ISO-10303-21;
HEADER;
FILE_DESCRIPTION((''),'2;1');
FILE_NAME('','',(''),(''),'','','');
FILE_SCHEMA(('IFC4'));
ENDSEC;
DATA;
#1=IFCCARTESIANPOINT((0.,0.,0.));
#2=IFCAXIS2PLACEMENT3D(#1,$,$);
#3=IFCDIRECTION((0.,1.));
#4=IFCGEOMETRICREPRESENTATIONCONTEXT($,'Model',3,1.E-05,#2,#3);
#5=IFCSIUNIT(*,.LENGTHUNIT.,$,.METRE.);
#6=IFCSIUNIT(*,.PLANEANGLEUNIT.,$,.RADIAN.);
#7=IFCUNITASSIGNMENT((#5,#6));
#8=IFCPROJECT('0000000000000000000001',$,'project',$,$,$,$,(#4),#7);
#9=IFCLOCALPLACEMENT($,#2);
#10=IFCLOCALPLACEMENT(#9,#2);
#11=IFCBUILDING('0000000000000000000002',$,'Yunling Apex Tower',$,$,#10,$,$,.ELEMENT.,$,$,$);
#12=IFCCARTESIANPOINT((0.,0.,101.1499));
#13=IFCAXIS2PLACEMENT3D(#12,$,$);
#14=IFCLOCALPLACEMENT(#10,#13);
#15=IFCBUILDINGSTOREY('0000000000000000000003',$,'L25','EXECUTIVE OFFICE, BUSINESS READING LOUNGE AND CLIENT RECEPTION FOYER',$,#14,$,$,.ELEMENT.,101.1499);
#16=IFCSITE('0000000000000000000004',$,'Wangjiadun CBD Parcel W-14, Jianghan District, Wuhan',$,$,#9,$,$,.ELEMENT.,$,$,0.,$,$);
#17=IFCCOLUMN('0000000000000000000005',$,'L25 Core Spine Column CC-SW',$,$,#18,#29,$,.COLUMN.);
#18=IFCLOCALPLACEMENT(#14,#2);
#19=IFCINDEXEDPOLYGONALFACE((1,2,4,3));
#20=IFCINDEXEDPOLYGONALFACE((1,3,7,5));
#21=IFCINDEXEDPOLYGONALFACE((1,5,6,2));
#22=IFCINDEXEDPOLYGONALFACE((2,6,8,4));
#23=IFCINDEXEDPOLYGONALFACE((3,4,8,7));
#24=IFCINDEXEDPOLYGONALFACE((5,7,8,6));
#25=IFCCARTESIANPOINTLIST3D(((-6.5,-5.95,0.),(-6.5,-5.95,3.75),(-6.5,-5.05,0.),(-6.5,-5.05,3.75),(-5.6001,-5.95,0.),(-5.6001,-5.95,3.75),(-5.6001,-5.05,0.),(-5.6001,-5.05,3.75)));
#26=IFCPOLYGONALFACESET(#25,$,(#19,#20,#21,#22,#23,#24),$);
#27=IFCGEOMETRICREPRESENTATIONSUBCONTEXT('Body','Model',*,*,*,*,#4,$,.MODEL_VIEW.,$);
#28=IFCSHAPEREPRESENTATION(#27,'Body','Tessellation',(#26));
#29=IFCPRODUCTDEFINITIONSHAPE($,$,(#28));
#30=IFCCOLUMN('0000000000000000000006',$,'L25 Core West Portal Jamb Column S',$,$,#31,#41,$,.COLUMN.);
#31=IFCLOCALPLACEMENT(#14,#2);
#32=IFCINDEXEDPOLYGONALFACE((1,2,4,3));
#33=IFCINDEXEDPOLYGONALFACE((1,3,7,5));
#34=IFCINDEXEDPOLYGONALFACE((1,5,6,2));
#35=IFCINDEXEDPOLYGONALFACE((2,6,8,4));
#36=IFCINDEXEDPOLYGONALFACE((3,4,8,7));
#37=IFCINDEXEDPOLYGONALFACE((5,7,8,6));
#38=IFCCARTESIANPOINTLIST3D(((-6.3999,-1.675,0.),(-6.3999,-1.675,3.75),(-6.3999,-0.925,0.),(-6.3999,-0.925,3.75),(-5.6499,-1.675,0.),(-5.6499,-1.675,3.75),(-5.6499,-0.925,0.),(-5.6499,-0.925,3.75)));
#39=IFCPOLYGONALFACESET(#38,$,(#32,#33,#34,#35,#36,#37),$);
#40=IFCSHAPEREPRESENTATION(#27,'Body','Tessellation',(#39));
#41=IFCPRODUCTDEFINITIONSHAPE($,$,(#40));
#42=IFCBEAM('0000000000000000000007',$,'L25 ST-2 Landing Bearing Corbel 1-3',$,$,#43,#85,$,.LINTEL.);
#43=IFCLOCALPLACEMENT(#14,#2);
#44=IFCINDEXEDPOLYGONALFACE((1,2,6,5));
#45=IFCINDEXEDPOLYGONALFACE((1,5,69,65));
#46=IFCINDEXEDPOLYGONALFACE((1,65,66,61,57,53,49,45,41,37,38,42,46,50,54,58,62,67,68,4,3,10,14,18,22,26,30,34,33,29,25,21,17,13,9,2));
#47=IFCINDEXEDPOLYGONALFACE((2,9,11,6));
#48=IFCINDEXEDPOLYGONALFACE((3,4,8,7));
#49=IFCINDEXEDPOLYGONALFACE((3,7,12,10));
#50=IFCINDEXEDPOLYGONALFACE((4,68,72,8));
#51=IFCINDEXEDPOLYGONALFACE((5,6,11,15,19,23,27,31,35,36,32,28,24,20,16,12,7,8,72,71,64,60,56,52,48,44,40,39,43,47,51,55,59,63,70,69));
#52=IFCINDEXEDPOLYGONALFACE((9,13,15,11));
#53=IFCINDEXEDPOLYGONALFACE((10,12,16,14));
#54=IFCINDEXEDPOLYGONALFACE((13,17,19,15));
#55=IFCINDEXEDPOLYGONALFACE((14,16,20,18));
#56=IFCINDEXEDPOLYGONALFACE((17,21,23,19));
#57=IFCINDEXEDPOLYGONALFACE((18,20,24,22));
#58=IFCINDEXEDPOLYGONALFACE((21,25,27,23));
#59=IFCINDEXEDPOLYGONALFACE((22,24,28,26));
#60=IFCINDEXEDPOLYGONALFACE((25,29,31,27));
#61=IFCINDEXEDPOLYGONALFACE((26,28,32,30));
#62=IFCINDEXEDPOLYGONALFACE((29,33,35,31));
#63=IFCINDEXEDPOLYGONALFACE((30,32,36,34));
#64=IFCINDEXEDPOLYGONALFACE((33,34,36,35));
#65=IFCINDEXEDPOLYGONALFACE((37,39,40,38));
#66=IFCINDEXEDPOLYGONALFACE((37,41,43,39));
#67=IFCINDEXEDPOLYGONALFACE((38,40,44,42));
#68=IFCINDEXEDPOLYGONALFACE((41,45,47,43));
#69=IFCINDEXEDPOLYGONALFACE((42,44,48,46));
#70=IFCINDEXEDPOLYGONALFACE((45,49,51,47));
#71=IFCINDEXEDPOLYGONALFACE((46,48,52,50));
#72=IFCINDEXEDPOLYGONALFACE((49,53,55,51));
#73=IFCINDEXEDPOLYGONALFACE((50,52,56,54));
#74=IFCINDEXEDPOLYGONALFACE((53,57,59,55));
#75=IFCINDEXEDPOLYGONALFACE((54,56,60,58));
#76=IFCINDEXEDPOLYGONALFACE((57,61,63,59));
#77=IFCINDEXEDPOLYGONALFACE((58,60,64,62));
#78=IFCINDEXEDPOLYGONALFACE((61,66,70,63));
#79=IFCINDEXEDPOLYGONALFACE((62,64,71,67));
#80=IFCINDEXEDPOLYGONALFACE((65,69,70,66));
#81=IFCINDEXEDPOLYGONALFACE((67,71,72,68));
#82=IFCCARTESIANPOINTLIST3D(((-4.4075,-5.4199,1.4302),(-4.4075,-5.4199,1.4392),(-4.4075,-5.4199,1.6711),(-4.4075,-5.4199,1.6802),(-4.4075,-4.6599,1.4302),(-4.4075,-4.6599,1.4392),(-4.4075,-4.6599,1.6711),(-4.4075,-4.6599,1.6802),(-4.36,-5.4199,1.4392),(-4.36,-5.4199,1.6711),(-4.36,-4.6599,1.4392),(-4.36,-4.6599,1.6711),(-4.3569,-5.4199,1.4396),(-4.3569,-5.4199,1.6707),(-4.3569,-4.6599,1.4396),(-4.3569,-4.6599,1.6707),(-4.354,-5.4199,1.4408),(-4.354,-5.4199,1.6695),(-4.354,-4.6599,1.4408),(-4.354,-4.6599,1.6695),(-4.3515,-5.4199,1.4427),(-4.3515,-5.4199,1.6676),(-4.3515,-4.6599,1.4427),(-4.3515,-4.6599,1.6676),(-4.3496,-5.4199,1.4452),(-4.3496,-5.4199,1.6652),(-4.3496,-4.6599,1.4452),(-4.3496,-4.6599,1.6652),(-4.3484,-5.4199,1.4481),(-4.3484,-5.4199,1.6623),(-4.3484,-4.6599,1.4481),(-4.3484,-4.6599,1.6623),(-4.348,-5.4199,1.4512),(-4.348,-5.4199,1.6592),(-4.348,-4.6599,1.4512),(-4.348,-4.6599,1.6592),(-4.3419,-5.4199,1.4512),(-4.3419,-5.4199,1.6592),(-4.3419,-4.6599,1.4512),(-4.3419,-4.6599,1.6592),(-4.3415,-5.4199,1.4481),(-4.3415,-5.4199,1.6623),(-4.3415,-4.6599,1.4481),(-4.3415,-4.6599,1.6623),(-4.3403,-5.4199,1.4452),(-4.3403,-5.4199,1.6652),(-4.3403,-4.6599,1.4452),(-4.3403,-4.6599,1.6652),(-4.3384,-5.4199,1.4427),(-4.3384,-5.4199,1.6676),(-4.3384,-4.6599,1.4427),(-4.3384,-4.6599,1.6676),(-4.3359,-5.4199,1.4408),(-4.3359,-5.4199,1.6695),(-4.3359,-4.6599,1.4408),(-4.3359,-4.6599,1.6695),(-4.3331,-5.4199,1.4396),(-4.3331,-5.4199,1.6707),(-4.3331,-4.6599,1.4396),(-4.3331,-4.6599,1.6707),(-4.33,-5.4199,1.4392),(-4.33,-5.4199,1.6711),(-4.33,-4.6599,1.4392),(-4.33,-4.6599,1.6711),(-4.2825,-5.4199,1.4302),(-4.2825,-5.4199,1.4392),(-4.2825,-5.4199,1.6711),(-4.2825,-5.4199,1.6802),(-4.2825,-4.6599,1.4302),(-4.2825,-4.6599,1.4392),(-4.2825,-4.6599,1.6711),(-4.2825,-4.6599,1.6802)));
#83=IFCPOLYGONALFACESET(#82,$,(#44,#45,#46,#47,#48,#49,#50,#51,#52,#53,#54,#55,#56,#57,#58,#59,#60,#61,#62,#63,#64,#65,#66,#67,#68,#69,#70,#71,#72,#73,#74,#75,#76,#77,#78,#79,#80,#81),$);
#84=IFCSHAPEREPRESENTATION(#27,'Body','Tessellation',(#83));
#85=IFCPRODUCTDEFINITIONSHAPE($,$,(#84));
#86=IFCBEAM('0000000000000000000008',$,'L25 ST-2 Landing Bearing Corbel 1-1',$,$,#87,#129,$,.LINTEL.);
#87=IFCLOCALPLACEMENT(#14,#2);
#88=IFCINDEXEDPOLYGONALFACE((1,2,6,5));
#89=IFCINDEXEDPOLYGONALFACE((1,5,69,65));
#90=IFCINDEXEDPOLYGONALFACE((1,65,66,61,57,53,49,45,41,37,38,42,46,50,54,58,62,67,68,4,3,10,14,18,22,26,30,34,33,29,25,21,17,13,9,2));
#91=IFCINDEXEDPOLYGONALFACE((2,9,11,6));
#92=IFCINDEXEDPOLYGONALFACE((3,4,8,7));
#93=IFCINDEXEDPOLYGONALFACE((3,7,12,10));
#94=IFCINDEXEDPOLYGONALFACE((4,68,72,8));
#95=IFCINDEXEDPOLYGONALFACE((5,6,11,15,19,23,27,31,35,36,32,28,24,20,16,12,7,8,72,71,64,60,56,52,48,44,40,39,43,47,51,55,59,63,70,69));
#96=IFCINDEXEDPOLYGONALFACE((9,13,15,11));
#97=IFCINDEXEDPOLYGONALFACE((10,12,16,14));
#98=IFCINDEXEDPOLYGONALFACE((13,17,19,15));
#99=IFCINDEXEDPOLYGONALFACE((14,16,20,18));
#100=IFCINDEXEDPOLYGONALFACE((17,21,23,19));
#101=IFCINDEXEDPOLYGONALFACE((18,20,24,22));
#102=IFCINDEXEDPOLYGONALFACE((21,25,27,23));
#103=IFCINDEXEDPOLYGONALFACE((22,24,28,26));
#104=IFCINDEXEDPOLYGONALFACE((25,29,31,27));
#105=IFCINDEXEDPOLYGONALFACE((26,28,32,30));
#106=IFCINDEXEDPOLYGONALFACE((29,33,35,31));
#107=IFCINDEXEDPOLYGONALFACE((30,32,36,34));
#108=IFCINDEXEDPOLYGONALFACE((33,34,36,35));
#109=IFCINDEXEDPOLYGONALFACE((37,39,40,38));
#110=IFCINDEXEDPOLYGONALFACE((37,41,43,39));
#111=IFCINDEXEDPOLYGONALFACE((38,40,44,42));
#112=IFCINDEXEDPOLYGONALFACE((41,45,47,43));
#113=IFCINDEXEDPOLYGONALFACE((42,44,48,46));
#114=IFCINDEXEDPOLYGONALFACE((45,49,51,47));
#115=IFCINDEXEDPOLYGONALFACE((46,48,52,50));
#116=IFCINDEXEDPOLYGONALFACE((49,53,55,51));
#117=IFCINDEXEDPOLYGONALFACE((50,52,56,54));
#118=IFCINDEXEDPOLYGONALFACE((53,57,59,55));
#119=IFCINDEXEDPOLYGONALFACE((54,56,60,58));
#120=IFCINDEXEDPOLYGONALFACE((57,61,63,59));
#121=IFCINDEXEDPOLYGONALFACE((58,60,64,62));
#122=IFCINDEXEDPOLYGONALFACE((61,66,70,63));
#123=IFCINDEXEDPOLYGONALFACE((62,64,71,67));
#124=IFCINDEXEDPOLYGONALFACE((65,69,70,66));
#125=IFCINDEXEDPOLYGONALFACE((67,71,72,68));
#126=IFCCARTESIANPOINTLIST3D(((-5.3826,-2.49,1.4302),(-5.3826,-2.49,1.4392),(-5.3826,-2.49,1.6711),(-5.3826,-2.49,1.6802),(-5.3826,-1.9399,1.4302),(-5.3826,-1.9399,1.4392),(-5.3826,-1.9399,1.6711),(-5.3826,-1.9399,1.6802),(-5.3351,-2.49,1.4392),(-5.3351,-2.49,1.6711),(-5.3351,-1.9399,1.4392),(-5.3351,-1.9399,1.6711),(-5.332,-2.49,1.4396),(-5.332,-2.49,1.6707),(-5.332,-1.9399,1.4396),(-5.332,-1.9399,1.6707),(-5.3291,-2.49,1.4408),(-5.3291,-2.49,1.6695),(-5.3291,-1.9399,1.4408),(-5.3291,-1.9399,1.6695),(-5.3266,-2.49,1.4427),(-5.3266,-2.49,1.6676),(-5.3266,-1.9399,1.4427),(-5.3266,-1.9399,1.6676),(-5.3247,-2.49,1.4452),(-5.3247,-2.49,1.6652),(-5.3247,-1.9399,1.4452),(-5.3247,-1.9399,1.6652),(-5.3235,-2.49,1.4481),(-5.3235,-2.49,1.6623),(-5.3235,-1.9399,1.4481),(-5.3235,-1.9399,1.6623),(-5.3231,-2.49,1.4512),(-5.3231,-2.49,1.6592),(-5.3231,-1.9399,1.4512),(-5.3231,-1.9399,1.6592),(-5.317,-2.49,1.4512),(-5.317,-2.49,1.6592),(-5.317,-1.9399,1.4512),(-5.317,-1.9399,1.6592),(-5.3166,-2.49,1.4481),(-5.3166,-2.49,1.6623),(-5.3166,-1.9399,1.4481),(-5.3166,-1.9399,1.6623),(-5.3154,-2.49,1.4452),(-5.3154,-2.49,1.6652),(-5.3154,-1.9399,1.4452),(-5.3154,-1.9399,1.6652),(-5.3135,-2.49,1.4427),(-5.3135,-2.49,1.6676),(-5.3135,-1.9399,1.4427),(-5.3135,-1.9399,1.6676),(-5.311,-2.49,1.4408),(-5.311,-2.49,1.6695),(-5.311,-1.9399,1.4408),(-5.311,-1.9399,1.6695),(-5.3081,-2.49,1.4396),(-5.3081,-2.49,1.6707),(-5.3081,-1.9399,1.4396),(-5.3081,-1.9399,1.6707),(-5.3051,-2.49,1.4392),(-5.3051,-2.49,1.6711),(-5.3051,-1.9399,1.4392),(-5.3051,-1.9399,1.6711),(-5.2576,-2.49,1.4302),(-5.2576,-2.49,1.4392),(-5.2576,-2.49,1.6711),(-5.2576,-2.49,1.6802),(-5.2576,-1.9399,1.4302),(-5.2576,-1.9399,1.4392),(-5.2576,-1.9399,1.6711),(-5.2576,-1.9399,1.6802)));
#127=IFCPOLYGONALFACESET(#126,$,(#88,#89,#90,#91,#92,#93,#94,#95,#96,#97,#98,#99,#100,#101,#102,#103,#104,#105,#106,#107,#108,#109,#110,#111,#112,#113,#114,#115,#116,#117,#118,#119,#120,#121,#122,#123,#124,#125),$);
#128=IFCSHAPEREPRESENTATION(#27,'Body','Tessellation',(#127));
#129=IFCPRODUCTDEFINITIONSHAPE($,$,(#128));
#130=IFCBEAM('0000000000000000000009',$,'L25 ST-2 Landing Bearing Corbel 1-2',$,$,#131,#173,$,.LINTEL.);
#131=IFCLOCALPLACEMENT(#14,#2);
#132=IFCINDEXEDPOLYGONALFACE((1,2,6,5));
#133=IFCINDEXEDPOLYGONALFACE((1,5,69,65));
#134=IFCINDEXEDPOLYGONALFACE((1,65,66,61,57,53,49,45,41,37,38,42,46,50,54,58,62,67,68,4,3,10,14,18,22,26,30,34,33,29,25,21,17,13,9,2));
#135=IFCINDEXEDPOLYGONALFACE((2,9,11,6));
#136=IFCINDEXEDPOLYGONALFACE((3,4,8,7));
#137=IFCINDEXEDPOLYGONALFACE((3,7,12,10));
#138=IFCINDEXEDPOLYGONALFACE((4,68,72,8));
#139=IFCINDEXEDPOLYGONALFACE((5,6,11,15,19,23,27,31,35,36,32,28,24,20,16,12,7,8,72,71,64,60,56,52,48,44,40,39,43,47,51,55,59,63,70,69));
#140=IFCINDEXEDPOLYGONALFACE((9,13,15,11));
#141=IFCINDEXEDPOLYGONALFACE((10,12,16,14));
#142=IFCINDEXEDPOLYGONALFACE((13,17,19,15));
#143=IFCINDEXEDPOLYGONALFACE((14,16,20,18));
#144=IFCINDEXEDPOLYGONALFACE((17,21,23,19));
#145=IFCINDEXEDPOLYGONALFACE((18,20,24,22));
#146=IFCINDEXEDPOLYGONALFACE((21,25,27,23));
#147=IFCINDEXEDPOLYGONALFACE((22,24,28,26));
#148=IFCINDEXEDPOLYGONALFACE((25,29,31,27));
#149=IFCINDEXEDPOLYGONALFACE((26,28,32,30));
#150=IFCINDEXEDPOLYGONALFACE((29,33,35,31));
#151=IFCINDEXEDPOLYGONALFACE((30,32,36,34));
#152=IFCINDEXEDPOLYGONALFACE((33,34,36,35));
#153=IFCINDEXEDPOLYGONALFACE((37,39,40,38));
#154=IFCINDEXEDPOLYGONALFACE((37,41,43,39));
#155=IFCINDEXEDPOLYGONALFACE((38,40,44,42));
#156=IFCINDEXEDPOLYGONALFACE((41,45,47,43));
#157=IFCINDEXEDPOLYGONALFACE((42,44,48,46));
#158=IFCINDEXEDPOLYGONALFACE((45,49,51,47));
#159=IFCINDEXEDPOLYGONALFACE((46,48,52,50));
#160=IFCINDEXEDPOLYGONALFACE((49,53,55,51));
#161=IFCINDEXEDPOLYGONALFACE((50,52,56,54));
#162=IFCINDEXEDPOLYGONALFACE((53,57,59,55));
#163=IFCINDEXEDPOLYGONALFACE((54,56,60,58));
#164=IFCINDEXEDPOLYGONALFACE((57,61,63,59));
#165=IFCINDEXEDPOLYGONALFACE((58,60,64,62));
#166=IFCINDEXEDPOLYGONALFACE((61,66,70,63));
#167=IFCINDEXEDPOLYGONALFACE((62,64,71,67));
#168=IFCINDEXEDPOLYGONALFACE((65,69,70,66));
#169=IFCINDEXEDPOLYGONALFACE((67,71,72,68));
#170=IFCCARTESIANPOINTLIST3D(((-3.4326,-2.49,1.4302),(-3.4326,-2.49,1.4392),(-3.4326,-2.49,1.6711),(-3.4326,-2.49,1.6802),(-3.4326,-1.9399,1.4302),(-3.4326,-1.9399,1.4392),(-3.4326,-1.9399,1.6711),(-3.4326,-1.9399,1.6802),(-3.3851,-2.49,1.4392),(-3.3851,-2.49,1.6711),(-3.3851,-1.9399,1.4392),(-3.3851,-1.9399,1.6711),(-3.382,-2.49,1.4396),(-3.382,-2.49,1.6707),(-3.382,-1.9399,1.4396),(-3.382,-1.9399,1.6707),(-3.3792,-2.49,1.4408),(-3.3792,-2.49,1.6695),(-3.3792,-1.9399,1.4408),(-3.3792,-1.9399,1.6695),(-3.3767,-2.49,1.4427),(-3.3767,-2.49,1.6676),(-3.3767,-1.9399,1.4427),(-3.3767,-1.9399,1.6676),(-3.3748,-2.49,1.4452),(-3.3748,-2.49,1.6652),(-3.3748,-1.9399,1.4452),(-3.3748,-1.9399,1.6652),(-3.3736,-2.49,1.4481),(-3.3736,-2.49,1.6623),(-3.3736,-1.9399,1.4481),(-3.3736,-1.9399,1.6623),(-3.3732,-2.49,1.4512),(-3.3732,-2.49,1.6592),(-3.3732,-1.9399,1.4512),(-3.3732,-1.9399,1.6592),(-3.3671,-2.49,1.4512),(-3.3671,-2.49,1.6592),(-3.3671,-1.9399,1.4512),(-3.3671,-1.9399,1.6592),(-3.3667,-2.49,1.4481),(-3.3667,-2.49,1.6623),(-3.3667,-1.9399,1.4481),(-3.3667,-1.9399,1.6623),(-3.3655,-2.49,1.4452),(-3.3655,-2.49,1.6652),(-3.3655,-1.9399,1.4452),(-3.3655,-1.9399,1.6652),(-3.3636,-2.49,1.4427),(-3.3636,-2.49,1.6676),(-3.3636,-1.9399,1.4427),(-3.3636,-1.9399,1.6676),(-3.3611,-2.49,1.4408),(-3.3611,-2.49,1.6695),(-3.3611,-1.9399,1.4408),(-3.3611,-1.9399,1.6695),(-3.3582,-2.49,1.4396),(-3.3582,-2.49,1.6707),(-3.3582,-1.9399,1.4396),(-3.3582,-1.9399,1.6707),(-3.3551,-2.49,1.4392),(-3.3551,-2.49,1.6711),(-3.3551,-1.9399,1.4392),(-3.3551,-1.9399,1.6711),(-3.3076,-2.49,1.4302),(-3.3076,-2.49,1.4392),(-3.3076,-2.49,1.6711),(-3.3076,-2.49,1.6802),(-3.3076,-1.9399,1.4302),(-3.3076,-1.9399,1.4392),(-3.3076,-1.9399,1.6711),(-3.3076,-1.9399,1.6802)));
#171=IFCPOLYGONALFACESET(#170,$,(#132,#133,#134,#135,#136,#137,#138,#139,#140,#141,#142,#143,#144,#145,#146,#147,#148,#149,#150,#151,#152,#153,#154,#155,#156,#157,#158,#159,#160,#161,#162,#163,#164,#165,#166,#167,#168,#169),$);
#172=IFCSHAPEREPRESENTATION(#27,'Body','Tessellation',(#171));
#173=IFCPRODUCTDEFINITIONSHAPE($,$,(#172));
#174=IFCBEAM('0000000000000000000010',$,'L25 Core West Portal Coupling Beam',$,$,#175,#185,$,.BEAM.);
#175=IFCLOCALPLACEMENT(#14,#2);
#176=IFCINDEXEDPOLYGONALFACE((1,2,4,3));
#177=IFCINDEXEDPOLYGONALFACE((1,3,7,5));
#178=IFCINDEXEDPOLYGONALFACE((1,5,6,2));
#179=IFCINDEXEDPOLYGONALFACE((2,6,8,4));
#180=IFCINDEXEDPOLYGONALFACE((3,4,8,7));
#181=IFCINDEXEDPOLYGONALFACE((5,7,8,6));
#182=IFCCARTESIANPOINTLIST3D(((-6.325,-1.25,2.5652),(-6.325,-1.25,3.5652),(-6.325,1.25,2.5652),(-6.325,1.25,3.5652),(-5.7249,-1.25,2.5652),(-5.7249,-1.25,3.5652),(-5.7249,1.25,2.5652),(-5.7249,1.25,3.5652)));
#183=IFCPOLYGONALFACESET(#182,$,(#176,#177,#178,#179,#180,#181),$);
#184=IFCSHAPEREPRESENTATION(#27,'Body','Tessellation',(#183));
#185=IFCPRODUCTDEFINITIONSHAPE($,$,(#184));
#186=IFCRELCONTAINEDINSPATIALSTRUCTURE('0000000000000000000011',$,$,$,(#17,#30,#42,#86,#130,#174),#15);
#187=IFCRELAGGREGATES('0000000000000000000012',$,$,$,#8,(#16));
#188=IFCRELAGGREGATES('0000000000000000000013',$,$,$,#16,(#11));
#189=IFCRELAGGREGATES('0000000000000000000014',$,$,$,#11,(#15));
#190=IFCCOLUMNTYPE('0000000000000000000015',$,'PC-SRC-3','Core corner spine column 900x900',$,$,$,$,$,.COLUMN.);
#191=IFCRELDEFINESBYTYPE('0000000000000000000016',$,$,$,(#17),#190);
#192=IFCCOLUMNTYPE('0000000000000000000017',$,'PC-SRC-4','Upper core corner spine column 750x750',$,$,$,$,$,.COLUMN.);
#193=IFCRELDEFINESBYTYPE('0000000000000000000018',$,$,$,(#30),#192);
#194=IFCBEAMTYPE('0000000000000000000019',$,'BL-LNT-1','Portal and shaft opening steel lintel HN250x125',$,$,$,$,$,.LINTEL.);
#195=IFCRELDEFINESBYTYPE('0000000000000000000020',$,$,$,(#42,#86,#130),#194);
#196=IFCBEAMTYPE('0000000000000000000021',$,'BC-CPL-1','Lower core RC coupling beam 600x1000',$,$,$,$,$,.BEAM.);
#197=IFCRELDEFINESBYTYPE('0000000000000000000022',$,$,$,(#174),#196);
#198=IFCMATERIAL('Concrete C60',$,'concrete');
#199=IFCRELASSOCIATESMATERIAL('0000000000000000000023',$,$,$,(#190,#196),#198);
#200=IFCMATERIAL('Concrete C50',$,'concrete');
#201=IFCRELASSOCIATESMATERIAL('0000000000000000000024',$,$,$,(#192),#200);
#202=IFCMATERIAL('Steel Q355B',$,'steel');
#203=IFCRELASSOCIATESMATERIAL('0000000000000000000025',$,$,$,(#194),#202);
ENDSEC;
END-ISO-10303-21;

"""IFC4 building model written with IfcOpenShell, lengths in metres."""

from ifc_helpers import new_model, si_unit, direction, frame, origin, origin_2d, place, context, subcontext, project, spatial, rectangle, i_section, extrude, source, transform, mapped, material, material_profile, profile_set, type_object, element, save


model = new_model("IFC4")

# Units and contexts
model_context = context("Model", 3, precision=1e-05, world=origin(), true_north=direction((0.0, 1.0)))
body_context = subcontext(model_context, "Body", "Model", "MODEL_VIEW")
ifc_project = project(units=[si_unit("LENGTHUNIT", "METRE"), si_unit("PLANEANGLEUNIT", "RADIAN")], contexts=[model_context])

# Site, building, storey
site_placement = place(None, origin())
site = spatial("IfcSite", under=ifc_project, at=site_placement, Name="Wangjiadun CBD Parcel W-14, Jianghan District, Wuhan", CompositionType="ELEMENT", RefElevation=0.0)
building_placement = place(site_placement, origin())
building = spatial("IfcBuilding", under=site, at=building_placement, Name="Yunling Apex Tower", CompositionType="ELEMENT")
storey_placement = place(building_placement, frame((0.0, 0.0, 101.1499)))
storey = spatial("IfcBuildingStorey", under=building, at=storey_placement, Name="L25", Description="EXECUTIVE OFFICE, BUSINESS READING LOUNGE AND CLIENT RECEPTION FOYER", CompositionType="ELEMENT", Elevation=101.1499)

# Columns
ifc_material_1 = material(Name="Concrete C60", Category="concrete")
ifc_material_profile_1 = material_profile(ifc_material_1, rectangle(XDim=0.8999, YDim=0.8999, at=origin_2d()))
ifc_profile_set_1 = profile_set([ifc_material_profile_1], Name="Concrete C60")
column_type_1 = type_object("IfcColumnType", Name="PC-SRC-3", Description="Core corner spine column 900x900", PredefinedType="COLUMN", material=ifc_profile_set_1)
shared_shape_1 = source(origin(), body_context, "Body", "SweptSolid", [
    extrude(rectangle(XDim=0.8999, YDim=0.8999, at=origin_2d()), origin(), (0.0, 0.0, 1.0), 3.75),
])
column_1_placement = place(storey_placement, frame((-6.05, -5.5, 0.0), z_axis=(0.0, 0.0, 1.0), x_axis=(1.0, 0.0, 0.0)))
element("IfcColumn", 1, at=column_1_placement, inside=storey, type_object=column_type_1, Name="L25 Core Spine Column CC-SW", PredefinedType="COLUMN", context=body_context, shape_type="MappedRepresentation", body=[
    mapped(shared_shape_1, transform((0.0, 0.0, 0.0), scale=1.0)),
])
ifc_material_2 = material(Name="Concrete C50", Category="concrete")
ifc_material_profile_2 = material_profile(ifc_material_2, rectangle(XDim=0.75, YDim=0.75, at=origin_2d()))
ifc_profile_set_2 = profile_set([ifc_material_profile_2], Name="Concrete C50")
column_type_2 = type_object("IfcColumnType", Name="PC-SRC-4", Description="Upper core corner spine column 750x750", PredefinedType="COLUMN", material=ifc_profile_set_2)
shared_shape_2 = source(origin(), body_context, "Body", "SweptSolid", [
    extrude(rectangle(XDim=0.75, YDim=0.75, at=origin_2d()), origin(), (0.0, 0.0, 1.0), 3.75),
])
column_2_placement = place(storey_placement, frame((-6.0249, -1.3, 0.0), z_axis=(0.0, 0.0, 1.0), x_axis=(1.0, 0.0, 0.0)))
element("IfcColumn", 2, at=column_2_placement, inside=storey, type_object=column_type_2, Name="L25 Core West Portal Jamb Column S", PredefinedType="COLUMN", context=body_context, shape_type="MappedRepresentation", body=[
    mapped(shared_shape_2, transform((0.0, 0.0, 0.0), scale=1.0)),
])

# Beams
ifc_material_3 = material(Name="Steel Q355B", Category="steel")
ifc_material_profile_3 = material_profile(ifc_material_3, i_section(OverallWidth=0.125, OverallDepth=0.25, WebThickness=0.0061, FlangeThickness=0.009, FilletRadius=0.012, at=origin_2d()))
ifc_profile_set_3 = profile_set([ifc_material_profile_3], Name="Steel Q355B")
beam_type_1 = type_object("IfcBeamType", Name="BL-LNT-1", Description="Portal and shaft opening steel lintel HN250x125", PredefinedType="LINTEL", material=ifc_profile_set_3)
shared_shape_3 = source(origin(), body_context, "Body", "SweptSolid", [
    extrude(i_section(OverallWidth=0.125, OverallDepth=0.25, WebThickness=0.0061, FlangeThickness=0.009, FilletRadius=0.012, at=origin_2d()), origin(), (0.0, 0.0, 1.0), 0.76),
])
beam_1_placement = place(storey_placement, frame((-4.345, -5.4199, 1.5552), z_axis=(0.0, 1.0, 0.0), x_axis=(-1.0, 0.0, 0.0)))
element("IfcBeam", 3, at=beam_1_placement, inside=storey, type_object=beam_type_1, Name="L25 ST-2 Landing Bearing Corbel 1-3", PredefinedType="LINTEL", context=body_context, shape_type="MappedRepresentation", body=[
    mapped(shared_shape_3, transform((0.0, 0.0, 0.0), scale=1.0)),
])
shared_shape_4 = source(origin(), body_context, "Body", "SweptSolid", [
    extrude(i_section(OverallWidth=0.125, OverallDepth=0.25, WebThickness=0.0061, FlangeThickness=0.009, FilletRadius=0.012, at=origin_2d()), origin(), (0.0, 0.0, 1.0), 0.55),
])
for number, where, z_axis, x_axis, name in (
    (4, (-5.3201, -1.9399, 1.5552), (0.0, -1.0, 0.0), (1.0, 0.0, 0.0), "L25 ST-2 Landing Bearing Corbel 1-1"),
    (5, (-3.3701, -1.9399, 1.5552), (0.0, -1.0, 0.0), (1.0, 0.0, 0.0), "L25 ST-2 Landing Bearing Corbel 1-2"),
):
    element("IfcBeam", number, at=place(storey_placement, frame(where, z_axis=z_axis, x_axis=x_axis)), inside=storey, type_object=beam_type_1, Name=name, PredefinedType="LINTEL", context=body_context, shape_type="MappedRepresentation", body=[
        mapped(shared_shape_4, transform((0.0, 0.0, 0.0), scale=1.0)),
    ])
ifc_material_profile_4 = material_profile(ifc_material_1, rectangle(XDim=0.6001, YDim=1.0, at=origin_2d()))
ifc_profile_set_4 = profile_set([ifc_material_profile_4], Name="Concrete C60")
beam_type_2 = type_object("IfcBeamType", Name="BC-CPL-1", Description="Lower core RC coupling beam 600x1000", PredefinedType="BEAM", material=ifc_profile_set_4)
shared_shape_5 = source(origin(), body_context, "Body", "SweptSolid", [
    extrude(rectangle(XDim=0.6001, YDim=1.0, at=origin_2d()), origin(), (0.0, 0.0, 1.0), 2.5),
])
beam_2_placement = place(storey_placement, frame((-6.0249, -1.25, 3.0652), z_axis=(0.0, 1.0, 0.0), x_axis=(-1.0, 0.0, 0.0)))
element("IfcBeam", 6, at=beam_2_placement, inside=storey, type_object=beam_type_2, Name="L25 Core West Portal Coupling Beam", PredefinedType="BEAM", context=body_context, shape_type="MappedRepresentation", body=[
    mapped(shared_shape_5, transform((0.0, 0.0, 0.0), scale=1.0)),
])

save(model, "model.ifc")
